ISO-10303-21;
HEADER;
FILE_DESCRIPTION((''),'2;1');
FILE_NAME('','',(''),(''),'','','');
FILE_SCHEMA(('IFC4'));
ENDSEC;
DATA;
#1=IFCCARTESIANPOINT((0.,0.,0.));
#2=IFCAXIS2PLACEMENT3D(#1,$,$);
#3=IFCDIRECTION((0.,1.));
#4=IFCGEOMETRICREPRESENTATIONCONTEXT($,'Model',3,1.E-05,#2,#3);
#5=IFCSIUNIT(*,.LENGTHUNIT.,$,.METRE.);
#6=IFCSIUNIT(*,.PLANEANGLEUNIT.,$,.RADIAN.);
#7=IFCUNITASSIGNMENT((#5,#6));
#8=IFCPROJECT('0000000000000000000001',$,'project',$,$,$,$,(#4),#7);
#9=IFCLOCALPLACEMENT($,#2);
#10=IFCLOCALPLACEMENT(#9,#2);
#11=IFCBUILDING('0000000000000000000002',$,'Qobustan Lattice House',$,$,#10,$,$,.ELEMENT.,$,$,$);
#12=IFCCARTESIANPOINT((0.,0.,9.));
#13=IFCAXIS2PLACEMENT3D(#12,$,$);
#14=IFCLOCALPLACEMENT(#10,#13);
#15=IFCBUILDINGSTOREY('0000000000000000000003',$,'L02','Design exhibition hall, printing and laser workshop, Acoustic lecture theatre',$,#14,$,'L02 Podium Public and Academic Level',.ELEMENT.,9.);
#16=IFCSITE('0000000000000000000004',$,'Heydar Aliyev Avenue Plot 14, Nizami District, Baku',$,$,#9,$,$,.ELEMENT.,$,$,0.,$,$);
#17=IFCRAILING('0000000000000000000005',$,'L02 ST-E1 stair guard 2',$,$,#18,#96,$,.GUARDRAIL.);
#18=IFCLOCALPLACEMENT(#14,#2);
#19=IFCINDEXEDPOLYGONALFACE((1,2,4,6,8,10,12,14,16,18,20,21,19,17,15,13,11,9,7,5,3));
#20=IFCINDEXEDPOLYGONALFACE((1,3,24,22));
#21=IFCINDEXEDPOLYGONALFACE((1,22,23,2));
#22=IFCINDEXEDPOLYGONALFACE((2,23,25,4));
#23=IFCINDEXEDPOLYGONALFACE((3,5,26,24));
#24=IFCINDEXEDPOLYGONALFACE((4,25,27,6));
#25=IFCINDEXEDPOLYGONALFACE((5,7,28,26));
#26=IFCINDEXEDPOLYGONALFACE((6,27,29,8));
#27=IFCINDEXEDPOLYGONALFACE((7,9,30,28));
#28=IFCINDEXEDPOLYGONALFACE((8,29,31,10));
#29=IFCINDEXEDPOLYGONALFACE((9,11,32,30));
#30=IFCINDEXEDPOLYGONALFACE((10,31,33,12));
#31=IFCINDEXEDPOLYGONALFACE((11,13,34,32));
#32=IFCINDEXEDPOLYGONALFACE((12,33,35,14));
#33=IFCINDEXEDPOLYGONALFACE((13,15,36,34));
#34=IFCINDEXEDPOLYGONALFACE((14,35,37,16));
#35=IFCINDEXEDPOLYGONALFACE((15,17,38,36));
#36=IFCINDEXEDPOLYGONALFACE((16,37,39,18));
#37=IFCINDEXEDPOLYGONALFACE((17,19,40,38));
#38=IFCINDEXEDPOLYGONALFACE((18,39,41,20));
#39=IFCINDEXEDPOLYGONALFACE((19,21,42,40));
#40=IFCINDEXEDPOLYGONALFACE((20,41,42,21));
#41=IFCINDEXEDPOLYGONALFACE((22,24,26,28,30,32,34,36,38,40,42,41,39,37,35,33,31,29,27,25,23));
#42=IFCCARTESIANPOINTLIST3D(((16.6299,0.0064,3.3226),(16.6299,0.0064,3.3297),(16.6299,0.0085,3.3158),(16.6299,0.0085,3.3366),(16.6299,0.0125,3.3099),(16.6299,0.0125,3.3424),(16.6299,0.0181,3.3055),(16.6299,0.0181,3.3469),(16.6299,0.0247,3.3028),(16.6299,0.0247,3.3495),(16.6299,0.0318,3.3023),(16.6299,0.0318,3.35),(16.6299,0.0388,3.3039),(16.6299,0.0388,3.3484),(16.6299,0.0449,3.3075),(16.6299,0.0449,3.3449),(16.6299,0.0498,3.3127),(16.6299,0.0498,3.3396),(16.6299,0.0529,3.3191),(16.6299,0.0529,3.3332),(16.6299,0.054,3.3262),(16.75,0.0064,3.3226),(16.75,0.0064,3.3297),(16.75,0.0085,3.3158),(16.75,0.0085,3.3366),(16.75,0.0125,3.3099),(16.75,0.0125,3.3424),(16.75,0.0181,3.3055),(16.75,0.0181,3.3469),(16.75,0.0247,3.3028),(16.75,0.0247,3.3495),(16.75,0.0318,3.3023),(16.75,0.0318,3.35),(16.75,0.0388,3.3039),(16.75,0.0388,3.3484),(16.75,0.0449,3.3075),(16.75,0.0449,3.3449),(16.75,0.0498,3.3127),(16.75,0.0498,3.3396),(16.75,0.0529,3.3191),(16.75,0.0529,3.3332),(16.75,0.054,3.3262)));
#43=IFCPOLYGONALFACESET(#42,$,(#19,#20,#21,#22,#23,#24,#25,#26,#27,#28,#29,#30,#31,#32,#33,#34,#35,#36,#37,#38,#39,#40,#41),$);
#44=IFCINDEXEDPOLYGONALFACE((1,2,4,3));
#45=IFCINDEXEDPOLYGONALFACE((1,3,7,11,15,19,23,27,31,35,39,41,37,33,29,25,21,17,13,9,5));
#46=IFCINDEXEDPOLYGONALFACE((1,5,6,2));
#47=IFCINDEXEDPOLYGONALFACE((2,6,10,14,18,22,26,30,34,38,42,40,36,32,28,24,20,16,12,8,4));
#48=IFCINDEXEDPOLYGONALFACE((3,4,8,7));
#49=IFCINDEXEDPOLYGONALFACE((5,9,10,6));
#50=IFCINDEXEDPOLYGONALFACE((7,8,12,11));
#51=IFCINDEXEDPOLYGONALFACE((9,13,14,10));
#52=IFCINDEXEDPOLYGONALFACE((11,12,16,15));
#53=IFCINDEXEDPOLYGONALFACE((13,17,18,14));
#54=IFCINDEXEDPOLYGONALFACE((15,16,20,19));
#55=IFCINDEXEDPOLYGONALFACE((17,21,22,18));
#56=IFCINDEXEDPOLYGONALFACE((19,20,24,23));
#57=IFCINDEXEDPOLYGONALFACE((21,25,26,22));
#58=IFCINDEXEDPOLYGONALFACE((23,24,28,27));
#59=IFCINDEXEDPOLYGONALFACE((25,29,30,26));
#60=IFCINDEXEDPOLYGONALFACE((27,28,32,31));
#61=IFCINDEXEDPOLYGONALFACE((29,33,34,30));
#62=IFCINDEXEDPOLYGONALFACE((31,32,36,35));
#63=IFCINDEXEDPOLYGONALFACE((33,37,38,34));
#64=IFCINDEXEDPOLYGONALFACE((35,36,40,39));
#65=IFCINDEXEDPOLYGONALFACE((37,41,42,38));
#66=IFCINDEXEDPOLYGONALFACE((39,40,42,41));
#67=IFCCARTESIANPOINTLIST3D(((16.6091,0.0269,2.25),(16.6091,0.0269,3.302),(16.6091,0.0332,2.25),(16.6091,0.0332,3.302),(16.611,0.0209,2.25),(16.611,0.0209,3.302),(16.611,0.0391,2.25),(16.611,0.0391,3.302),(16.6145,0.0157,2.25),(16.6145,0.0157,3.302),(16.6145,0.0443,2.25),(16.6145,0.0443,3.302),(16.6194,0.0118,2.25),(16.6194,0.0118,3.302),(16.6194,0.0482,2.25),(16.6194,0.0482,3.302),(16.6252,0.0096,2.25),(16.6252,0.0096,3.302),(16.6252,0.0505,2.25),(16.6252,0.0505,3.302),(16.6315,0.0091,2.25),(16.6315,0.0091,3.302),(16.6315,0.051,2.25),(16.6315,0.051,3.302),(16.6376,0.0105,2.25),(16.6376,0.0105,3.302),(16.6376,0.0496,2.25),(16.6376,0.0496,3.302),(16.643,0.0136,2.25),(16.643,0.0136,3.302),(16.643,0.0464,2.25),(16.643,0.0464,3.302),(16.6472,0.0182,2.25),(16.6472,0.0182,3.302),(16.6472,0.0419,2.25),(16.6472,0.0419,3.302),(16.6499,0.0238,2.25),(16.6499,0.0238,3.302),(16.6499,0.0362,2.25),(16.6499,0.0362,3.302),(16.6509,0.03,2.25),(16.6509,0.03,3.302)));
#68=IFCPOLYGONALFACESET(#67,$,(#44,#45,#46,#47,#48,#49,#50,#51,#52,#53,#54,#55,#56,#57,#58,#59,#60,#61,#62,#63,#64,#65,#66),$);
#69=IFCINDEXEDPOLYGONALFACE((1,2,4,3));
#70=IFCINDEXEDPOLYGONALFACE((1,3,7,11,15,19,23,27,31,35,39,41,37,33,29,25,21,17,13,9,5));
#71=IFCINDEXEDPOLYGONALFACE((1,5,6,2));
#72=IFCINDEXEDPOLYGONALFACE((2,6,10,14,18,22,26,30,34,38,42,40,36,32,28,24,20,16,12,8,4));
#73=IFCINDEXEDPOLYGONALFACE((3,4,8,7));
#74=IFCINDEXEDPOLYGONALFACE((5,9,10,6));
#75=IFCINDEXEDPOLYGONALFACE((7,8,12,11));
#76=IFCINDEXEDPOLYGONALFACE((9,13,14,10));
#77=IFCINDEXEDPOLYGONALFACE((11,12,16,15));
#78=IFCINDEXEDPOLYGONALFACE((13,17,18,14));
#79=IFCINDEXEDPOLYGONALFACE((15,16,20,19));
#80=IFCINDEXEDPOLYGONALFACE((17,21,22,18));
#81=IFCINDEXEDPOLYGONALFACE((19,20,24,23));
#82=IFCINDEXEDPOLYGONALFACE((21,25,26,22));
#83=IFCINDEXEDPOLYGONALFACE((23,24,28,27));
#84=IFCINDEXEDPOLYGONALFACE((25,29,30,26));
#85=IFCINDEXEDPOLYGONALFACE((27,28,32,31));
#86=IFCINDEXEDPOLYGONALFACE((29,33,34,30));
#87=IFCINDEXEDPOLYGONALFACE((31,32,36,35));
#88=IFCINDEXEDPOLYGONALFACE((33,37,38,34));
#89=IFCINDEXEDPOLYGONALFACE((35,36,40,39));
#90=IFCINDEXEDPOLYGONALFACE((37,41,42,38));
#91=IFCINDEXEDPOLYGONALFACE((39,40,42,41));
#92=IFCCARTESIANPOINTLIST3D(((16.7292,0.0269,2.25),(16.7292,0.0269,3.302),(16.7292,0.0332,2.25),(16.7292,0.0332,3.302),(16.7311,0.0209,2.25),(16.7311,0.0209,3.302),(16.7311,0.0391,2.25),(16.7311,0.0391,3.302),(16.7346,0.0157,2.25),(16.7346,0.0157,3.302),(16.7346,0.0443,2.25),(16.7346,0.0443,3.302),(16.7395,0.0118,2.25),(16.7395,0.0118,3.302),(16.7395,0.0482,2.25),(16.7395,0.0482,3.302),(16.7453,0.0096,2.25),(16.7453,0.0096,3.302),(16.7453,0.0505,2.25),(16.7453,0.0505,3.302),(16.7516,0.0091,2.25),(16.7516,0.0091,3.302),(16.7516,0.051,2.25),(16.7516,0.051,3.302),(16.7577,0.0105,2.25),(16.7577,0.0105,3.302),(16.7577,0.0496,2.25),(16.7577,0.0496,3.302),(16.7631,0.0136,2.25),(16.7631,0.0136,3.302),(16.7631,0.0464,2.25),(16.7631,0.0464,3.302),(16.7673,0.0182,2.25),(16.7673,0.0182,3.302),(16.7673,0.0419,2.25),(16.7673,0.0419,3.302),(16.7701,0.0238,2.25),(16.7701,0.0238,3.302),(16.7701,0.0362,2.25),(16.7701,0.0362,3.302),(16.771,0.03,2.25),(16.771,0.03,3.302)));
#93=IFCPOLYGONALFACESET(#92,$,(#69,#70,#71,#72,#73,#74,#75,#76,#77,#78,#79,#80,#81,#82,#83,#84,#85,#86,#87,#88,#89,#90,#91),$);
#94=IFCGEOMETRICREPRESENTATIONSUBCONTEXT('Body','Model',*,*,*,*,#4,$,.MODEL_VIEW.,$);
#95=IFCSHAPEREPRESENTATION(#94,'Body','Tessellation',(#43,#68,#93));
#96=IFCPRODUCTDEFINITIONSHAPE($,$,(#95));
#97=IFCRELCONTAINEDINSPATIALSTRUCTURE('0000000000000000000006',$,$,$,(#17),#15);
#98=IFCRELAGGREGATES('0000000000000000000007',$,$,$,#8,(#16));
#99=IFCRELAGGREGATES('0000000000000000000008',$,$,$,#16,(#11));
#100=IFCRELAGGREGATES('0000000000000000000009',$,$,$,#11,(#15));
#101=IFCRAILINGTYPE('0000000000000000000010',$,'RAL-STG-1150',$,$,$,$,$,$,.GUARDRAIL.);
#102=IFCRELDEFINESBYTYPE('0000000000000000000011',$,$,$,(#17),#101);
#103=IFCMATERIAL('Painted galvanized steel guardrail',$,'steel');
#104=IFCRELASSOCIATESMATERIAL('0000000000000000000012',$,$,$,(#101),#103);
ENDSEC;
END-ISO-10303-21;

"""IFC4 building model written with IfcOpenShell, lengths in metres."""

from ifc_helpers import new_model, si_unit, direction, frame, origin, origin_2d, place, context, subcontext, project, spatial, circle, extrude, material, type_object, element, save


model = new_model("IFC4")

# Units and contexts
model_context = context("Model", 3, precision=1e-05, world=origin(), true_north=direction((0.0, 1.0)))
body_context = subcontext(model_context, "Body", "Model", "MODEL_VIEW")
ifc_project = project(units=[si_unit("LENGTHUNIT", "METRE"), si_unit("PLANEANGLEUNIT", "RADIAN")], contexts=[model_context])

# Site, building, storey
site_placement = place(None, origin())
site = spatial("IfcSite", under=ifc_project, at=site_placement, Name="Heydar Aliyev Avenue Plot 14, Nizami District, Baku", CompositionType="ELEMENT", RefElevation=0.0)
building_placement = place(site_placement, origin())
building = spatial("IfcBuilding", under=site, at=building_placement, Name="Qobustan Lattice House", CompositionType="ELEMENT")
storey_placement = place(building_placement, frame((0.0, 0.0, 9.0)))
storey = spatial("IfcBuildingStorey", under=building, at=storey_placement, Name="L02", Description="Design exhibition hall, printing and laser workshop, Acoustic lecture theatre", LongName="L02 Podium Public and Academic Level", CompositionType="ELEMENT", Elevation=9.0)

# Railing
ifc_material_1 = material(Name="Painted galvanized steel guardrail", Category="steel")
railing_type_1 = type_object("IfcRailingType", Name="RAL-STG-1150", PredefinedType="GUARDRAIL", material=ifc_material_1)
railing_1_placement = place(storey_placement, frame((16.6299, 0.03, 2.25)))
element("IfcRailing", 1, at=railing_1_placement, inside=storey, type_object=railing_type_1, Name="L02 ST-E1 stair guard 2", PredefinedType="GUARDRAIL", context=body_context, shape_type="SweptSolid", body=[
    extrude(circle(Radius=0.0239, at=origin_2d()), frame((0.0, 0.0, 1.0762), z_axis=(1.0, 0.0, 0.0), x_axis=(0.0, 1.0, 0.0)), (0.0, 0.0, 1.0), 0.1201),
    extrude(circle(Radius=0.021, at=origin_2d()), origin(), (0.0, 0.0, 1.0), 1.052),
    extrude(circle(Radius=0.021, at=origin_2d()), frame((0.1201, 0.0, 0.0)), (0.0, 0.0, 1.0), 1.052),
])

save(model, "model.ifc")
